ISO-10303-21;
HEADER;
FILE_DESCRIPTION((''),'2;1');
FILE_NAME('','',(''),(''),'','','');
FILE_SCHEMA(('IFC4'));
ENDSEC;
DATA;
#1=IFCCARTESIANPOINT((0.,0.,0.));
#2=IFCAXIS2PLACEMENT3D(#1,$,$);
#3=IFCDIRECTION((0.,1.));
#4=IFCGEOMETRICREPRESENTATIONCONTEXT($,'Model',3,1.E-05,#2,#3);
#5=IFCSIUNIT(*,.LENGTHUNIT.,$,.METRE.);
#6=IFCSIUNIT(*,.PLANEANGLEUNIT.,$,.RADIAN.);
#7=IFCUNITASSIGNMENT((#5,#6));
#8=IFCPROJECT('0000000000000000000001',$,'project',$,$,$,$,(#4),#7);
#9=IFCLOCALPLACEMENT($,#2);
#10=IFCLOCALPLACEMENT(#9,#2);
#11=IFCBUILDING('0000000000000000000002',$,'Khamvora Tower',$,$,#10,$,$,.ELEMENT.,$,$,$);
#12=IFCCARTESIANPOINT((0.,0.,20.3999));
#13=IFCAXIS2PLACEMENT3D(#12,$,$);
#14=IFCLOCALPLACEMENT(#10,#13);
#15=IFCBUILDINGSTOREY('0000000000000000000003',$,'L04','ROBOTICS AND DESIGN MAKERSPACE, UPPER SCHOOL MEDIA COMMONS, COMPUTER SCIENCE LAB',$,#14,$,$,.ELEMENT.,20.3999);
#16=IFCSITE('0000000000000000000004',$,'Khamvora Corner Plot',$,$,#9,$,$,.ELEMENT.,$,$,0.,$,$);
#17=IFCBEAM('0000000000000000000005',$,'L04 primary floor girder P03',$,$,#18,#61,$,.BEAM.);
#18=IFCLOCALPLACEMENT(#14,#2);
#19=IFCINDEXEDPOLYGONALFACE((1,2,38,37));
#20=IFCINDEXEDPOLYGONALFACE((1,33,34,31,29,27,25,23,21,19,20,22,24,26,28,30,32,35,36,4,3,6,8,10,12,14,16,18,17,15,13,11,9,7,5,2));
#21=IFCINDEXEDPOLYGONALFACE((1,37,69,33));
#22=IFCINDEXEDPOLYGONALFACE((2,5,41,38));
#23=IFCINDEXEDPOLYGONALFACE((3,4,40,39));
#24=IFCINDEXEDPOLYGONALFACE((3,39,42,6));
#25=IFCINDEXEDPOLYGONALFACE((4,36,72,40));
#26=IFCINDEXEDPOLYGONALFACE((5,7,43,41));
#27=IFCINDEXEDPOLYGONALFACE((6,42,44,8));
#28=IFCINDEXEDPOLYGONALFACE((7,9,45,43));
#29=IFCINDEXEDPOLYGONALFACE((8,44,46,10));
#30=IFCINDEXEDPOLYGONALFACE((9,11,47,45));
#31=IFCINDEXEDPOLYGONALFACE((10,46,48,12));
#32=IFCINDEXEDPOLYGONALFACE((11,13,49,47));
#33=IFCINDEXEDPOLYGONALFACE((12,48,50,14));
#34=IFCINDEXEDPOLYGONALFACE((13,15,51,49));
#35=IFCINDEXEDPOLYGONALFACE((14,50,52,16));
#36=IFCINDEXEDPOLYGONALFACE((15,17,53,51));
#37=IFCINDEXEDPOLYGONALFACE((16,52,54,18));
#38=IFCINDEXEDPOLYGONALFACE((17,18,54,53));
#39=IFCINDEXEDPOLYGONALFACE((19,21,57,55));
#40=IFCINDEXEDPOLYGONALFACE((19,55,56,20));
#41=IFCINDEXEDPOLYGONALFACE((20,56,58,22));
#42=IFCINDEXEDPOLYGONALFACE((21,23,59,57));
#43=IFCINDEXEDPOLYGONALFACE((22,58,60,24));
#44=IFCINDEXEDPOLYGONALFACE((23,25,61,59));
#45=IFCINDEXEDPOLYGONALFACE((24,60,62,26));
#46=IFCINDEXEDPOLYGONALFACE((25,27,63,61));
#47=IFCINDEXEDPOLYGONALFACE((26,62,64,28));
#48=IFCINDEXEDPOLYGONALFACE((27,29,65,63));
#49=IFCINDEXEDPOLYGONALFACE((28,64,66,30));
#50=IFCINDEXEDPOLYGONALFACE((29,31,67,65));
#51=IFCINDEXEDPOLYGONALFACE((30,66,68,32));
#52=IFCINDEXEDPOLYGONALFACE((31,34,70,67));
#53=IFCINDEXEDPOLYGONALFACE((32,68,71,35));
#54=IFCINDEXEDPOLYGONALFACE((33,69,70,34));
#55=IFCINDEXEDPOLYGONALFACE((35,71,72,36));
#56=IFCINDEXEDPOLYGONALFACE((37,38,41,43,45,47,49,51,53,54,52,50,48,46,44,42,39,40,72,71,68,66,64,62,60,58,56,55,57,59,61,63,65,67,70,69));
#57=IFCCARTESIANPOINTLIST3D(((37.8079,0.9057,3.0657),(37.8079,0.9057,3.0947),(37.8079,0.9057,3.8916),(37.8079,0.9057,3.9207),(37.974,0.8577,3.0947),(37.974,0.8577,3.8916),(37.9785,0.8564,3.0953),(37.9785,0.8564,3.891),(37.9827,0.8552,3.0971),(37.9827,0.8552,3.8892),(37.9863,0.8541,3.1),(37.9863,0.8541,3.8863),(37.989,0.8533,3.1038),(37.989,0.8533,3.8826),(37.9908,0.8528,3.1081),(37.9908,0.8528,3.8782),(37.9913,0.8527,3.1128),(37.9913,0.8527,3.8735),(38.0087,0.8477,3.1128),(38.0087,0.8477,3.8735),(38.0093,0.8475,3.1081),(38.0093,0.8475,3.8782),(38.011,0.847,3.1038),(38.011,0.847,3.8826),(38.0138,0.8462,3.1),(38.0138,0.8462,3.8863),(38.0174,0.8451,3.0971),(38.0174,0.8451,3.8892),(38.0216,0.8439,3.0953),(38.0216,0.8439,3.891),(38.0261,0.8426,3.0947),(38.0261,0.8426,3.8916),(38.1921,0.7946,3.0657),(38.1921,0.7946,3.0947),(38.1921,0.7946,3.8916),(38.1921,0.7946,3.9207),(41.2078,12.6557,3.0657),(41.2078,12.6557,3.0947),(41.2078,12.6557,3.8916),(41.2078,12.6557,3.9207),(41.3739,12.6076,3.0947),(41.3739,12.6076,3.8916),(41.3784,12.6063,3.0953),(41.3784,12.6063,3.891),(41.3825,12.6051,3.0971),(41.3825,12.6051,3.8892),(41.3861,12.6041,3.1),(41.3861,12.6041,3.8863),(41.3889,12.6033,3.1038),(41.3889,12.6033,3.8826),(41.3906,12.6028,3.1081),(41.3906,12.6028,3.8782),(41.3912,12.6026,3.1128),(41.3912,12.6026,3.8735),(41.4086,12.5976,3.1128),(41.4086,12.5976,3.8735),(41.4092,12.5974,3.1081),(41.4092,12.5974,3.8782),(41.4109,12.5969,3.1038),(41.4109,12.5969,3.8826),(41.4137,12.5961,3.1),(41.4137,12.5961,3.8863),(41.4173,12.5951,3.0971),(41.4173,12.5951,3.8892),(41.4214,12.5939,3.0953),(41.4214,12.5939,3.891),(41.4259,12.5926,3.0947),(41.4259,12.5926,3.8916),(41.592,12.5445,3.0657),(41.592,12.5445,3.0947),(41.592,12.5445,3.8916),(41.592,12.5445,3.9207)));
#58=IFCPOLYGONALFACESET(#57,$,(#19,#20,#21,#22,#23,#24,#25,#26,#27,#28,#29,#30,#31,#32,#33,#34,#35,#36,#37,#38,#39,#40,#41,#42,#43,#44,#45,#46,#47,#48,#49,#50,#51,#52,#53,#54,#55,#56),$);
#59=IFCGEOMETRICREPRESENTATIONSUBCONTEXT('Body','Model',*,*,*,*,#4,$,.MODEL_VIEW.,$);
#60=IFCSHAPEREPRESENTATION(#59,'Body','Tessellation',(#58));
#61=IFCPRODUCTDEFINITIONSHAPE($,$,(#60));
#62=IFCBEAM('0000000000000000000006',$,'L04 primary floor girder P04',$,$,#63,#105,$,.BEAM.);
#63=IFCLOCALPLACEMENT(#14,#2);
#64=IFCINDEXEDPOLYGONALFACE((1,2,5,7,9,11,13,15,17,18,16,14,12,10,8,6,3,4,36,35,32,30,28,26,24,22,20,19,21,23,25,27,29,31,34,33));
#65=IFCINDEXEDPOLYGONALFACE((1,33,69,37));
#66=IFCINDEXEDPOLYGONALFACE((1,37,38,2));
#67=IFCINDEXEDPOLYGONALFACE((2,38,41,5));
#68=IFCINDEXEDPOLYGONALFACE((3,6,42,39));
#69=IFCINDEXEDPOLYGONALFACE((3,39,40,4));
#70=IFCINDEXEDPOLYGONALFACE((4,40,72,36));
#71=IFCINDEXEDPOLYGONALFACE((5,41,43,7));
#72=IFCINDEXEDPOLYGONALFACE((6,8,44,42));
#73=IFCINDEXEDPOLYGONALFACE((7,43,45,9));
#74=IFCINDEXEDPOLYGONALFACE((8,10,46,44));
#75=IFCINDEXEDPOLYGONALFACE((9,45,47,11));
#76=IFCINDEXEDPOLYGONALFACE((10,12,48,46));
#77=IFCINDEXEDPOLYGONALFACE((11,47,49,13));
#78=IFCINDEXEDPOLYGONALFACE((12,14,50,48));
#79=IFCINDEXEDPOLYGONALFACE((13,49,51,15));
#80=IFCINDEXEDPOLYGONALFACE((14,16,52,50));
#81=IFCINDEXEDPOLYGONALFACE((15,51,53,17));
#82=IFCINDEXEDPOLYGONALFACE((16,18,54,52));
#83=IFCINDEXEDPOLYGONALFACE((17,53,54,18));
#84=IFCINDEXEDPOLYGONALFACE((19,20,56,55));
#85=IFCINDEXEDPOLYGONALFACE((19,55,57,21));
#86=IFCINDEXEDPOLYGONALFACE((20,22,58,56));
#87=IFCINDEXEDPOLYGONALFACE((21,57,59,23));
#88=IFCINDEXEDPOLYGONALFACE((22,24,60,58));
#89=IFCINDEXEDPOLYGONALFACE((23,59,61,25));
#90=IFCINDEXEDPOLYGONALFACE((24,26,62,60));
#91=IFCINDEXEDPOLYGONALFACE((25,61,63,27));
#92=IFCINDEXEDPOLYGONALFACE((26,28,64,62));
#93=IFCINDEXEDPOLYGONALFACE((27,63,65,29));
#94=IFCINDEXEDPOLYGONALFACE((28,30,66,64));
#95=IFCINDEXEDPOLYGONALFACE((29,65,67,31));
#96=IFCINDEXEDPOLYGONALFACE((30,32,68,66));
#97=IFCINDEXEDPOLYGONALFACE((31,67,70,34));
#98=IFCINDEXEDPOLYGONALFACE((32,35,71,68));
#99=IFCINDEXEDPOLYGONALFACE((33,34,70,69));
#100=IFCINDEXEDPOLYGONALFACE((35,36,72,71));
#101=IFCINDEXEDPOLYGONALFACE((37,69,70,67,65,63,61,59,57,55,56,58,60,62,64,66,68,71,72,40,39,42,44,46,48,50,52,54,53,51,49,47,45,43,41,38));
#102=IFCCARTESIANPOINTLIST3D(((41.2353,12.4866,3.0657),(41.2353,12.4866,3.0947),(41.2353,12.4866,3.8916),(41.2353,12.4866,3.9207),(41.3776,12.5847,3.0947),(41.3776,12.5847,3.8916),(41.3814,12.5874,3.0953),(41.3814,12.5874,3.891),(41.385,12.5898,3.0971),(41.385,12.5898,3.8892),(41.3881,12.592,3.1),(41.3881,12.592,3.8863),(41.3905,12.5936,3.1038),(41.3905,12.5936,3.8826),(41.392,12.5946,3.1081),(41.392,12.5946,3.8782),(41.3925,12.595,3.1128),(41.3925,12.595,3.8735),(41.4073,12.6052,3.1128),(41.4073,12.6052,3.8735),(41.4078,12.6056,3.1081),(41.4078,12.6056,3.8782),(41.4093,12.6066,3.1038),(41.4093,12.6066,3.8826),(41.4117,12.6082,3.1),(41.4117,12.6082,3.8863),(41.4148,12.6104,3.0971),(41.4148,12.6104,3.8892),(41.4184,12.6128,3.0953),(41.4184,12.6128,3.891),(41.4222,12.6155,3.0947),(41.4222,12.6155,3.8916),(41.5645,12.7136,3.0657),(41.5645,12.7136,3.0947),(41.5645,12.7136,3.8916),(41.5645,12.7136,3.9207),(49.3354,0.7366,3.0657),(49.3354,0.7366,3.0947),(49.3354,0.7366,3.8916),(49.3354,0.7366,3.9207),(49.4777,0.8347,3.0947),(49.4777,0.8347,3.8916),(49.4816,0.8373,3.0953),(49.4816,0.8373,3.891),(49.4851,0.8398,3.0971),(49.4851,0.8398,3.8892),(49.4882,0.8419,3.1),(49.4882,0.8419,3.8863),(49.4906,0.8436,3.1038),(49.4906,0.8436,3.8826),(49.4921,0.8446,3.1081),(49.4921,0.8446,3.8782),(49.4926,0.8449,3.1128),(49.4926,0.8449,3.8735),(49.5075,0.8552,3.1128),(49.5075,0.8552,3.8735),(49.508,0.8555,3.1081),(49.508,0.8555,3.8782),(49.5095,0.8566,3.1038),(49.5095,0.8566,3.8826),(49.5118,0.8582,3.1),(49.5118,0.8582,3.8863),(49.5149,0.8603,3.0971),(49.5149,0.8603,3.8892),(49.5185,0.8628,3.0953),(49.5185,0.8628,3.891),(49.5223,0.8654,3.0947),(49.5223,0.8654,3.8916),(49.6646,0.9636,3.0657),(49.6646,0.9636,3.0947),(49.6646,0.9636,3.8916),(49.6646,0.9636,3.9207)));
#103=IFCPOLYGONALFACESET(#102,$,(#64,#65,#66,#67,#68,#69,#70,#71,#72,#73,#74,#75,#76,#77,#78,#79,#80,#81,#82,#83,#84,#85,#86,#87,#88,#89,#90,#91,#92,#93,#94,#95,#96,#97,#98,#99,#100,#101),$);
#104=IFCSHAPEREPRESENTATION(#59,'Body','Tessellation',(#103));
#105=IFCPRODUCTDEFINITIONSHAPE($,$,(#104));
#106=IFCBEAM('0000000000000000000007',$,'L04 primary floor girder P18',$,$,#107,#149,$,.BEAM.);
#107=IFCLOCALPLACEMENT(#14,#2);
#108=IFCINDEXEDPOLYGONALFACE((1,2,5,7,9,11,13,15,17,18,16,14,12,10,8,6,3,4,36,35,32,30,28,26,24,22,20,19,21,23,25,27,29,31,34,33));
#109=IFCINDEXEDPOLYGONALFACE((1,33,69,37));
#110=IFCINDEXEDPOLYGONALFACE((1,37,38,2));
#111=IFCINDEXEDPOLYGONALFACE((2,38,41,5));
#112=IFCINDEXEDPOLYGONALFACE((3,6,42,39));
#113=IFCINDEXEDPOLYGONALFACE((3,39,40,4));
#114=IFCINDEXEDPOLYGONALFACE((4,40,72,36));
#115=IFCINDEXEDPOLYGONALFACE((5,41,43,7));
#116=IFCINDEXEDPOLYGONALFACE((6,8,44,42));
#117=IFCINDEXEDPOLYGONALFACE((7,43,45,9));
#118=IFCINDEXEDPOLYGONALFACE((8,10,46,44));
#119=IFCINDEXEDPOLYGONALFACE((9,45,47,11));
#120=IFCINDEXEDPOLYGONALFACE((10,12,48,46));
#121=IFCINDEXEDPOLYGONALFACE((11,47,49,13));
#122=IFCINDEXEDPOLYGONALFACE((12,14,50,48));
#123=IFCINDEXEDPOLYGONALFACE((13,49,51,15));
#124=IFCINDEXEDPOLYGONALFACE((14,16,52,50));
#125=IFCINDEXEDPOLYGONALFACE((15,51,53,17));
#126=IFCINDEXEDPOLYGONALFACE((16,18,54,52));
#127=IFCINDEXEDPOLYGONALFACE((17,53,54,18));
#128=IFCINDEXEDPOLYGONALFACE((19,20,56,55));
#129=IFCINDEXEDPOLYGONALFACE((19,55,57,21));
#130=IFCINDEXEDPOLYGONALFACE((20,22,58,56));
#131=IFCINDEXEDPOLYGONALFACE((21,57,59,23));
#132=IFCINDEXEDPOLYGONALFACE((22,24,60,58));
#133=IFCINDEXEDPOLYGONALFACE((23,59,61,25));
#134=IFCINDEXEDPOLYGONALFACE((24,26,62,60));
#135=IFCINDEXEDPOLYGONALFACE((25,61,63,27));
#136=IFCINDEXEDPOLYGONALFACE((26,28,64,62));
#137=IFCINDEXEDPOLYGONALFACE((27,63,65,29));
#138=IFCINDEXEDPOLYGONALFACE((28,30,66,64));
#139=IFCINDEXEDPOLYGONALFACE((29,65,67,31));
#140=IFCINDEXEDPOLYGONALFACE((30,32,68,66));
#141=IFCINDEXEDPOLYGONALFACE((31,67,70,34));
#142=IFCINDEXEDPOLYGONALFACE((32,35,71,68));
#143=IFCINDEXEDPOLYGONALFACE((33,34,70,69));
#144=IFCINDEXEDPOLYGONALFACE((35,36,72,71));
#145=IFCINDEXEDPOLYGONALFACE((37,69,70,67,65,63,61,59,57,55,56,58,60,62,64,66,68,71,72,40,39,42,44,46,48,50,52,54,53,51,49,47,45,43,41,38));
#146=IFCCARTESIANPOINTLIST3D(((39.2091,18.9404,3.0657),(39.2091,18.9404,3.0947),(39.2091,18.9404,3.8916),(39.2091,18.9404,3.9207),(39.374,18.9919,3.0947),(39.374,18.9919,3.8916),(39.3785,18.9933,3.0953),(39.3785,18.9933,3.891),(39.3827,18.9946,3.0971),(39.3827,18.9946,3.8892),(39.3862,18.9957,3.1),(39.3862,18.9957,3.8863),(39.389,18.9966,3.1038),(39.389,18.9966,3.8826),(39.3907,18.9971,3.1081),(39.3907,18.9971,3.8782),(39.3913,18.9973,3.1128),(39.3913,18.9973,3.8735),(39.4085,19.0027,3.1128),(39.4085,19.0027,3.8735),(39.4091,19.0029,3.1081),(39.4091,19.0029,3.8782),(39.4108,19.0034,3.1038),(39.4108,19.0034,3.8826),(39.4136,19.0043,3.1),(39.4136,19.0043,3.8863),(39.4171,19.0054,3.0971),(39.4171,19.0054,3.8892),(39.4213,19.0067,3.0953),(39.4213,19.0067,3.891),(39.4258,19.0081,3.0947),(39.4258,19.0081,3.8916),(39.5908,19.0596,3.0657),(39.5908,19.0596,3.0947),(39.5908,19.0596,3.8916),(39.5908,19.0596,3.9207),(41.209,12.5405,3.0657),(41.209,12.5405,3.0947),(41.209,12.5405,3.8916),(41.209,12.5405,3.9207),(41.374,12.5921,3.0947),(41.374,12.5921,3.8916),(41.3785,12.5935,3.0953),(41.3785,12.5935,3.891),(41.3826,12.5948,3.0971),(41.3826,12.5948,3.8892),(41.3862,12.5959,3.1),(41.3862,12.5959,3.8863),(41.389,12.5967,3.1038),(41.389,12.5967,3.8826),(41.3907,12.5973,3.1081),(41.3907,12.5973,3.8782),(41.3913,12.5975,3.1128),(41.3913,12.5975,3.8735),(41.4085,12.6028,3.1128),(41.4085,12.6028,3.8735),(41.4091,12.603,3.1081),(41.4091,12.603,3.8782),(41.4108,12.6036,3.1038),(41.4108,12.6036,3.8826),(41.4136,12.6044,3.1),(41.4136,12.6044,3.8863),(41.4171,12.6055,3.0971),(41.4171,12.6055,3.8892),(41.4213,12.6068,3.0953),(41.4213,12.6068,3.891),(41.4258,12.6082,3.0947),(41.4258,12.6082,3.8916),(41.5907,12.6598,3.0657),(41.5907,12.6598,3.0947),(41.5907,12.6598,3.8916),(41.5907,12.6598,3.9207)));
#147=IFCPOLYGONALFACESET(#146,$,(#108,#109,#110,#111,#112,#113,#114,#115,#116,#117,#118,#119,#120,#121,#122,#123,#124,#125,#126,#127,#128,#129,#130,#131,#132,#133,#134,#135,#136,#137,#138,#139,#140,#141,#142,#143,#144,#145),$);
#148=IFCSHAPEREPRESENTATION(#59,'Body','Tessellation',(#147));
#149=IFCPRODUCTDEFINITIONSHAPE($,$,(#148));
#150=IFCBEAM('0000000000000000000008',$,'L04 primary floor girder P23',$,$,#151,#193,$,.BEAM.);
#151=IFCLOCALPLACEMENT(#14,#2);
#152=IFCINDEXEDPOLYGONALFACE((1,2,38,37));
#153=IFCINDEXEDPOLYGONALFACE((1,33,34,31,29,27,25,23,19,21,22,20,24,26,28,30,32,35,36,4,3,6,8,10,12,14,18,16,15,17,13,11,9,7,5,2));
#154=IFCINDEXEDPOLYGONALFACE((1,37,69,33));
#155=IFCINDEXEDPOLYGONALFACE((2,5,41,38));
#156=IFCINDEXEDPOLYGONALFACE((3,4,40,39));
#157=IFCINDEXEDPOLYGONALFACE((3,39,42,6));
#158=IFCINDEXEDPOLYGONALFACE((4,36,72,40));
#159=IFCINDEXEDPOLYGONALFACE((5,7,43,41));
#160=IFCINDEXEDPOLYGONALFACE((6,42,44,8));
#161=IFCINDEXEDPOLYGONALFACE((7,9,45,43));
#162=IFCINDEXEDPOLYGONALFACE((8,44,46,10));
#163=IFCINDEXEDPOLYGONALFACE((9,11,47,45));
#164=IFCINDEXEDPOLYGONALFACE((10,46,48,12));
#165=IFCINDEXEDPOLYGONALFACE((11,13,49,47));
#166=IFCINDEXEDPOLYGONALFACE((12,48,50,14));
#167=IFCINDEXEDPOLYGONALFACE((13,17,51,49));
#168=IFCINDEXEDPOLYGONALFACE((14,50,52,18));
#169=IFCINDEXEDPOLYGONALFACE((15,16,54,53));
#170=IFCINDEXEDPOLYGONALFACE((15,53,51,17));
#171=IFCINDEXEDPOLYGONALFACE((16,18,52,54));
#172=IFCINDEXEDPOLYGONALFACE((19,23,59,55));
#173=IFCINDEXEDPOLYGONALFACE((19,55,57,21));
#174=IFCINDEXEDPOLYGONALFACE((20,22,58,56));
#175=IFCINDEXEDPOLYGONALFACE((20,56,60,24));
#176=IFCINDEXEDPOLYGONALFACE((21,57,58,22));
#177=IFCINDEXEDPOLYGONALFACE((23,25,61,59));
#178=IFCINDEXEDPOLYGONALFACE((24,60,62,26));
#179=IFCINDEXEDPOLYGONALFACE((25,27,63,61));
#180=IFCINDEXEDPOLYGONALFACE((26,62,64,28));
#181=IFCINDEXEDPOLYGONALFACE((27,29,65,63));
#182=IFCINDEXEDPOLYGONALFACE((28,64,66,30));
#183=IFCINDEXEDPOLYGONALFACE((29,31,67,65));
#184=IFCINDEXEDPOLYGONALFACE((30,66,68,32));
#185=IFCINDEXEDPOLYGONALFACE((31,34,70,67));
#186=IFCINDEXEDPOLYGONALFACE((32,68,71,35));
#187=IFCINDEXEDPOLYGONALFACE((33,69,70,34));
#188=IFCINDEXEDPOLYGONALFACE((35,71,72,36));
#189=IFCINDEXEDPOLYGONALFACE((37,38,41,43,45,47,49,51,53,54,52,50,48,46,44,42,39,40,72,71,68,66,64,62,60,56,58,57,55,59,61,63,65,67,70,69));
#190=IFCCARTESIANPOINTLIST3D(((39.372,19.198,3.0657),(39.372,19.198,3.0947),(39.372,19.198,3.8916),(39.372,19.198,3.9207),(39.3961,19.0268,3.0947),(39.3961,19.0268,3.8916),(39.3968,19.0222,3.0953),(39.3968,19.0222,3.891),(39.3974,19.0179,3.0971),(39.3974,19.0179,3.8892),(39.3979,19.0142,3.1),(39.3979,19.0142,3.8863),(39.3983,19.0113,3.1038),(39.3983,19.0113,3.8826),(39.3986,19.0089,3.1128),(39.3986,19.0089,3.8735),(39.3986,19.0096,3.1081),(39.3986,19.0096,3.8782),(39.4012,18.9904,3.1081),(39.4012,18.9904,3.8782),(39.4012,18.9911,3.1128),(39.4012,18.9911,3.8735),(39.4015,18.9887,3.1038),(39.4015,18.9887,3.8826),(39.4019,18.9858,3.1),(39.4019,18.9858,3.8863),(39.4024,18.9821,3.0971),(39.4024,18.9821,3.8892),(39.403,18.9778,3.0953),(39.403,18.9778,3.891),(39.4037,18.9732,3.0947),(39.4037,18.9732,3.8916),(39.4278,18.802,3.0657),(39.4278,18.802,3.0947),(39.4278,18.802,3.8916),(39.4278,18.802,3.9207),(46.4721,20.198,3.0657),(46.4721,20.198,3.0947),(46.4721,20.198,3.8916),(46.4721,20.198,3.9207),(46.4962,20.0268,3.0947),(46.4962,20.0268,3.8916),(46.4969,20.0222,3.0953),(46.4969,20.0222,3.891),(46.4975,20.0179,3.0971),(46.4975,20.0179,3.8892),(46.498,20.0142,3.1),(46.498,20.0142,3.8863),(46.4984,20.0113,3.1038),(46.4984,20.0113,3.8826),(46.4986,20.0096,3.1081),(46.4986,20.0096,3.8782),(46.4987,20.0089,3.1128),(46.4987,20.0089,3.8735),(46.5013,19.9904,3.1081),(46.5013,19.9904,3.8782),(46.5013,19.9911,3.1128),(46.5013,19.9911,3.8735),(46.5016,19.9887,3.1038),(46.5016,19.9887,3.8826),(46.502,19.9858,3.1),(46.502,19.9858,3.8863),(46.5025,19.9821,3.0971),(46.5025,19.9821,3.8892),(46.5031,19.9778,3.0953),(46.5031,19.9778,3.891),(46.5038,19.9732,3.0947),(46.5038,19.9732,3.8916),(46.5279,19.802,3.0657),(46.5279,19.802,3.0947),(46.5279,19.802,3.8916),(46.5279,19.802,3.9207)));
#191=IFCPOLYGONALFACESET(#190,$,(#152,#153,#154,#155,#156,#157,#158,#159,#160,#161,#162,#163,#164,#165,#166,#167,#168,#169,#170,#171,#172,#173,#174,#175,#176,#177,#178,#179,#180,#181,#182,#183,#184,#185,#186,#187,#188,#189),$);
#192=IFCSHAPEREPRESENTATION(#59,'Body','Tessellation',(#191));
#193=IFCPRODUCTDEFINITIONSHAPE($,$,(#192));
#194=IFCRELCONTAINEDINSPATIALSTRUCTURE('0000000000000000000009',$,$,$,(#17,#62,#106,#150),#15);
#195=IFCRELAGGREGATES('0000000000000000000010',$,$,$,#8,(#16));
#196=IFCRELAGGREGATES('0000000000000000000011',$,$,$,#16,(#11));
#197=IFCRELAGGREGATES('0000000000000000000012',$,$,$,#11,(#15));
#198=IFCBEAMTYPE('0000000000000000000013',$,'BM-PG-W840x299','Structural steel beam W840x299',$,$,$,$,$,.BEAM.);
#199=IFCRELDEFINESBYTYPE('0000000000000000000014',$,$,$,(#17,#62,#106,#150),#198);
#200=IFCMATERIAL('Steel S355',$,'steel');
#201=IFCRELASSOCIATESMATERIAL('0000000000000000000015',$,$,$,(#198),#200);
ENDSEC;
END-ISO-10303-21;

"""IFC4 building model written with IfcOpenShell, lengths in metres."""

from ifc_helpers import new_model, si_unit, direction, frame, origin, origin_2d, place, context, subcontext, project, spatial, i_section, extrude, material, material_profile, profile_set, type_object, element, save


model = new_model("IFC4")

# Units and contexts
model_context = context("Model", 3, precision=1e-05, world=origin(), true_north=direction((0.0, 1.0)))
body_context = subcontext(model_context, "Body", "Model", "MODEL_VIEW")
ifc_project = project(units=[si_unit("LENGTHUNIT", "METRE"), si_unit("PLANEANGLEUNIT", "RADIAN")], contexts=[model_context])

# Site, building, storey
site_placement = place(None, origin())
site = spatial("IfcSite", under=ifc_project, at=site_placement, Name="Khamvora Corner Plot", CompositionType="ELEMENT", RefElevation=0.0)
building_placement = place(site_placement, origin())
building = spatial("IfcBuilding", under=site, at=building_placement, Name="Khamvora Tower", CompositionType="ELEMENT")
storey_placement = place(building_placement, frame((0.0, 0.0, 20.3999)))
storey = spatial("IfcBuildingStorey", under=building, at=storey_placement, Name="L04", Description="ROBOTICS AND DESIGN MAKERSPACE, UPPER SCHOOL MEDIA COMMONS, COMPUTER SCIENCE LAB", CompositionType="ELEMENT", Elevation=20.3999)

# Beams
ifc_material_1 = material(Name="Steel S355", Category="steel")
ifc_material_profile_1 = material_profile(ifc_material_1, i_section(OverallWidth=0.3999, OverallDepth=0.855, WebThickness=0.0181, FlangeThickness=0.0291, FilletRadius=0.0181, at=origin_2d()), Name="W840x299")
ifc_profile_set_1 = profile_set([ifc_material_profile_1], Name="Steel S355")
beam_type_1 = type_object("IfcBeamType", Name="BM-PG-W840x299", Description="Structural steel beam W840x299", PredefinedType="BEAM", material=ifc_profile_set_1)
beam_1_placement = place(storey_placement, frame((41.3999, 12.6001, 3.4932), z_axis=(-0.277951, -0.960595, 0.0), x_axis=(0.960595, -0.277951, 0.0)))
element("IfcBeam", 1, at=beam_1_placement, inside=storey, type_object=beam_type_1, Name="L04 primary floor girder P03", PredefinedType="BEAM", context=body_context, shape_type="SweptSolid", body=[
    extrude(i_section(OverallWidth=0.3999, OverallDepth=0.855, WebThickness=0.0181, FlangeThickness=0.0291, FilletRadius=0.0181, at=origin_2d()), origin(), (0.0, 0.0, 1.0), 12.2319),
])
beam_2_placement = place(storey_placement, frame((41.3999, 12.6001, 3.4932), z_axis=(0.567574, -0.823322, 0.0), x_axis=(0.823322, 0.567574, 0.0)))
element("IfcBeam", 2, at=beam_2_placement, inside=storey, type_object=beam_type_1, Name="L04 primary floor girder P04", PredefinedType="BEAM", context=body_context, shape_type="SweptSolid", body=[
    extrude(i_section(OverallWidth=0.3999, OverallDepth=0.855, WebThickness=0.0181, FlangeThickness=0.0291, FilletRadius=0.0181, at=origin_2d()), origin(), (0.0, 0.0, 1.0), 14.2715),
])
beam_3_placement = place(storey_placement, frame((39.3999, 19.0, 3.4932), z_axis=(0.298279, -0.954479, 0.0), x_axis=(0.954479, 0.298279, 0.0)))
element("IfcBeam", 3, at=beam_3_placement, inside=storey, type_object=beam_type_1, Name="L04 primary floor girder P18", PredefinedType="BEAM", context=body_context, shape_type="SweptSolid", body=[
    extrude(i_section(OverallWidth=0.3999, OverallDepth=0.855, WebThickness=0.0181, FlangeThickness=0.0291, FilletRadius=0.0181, at=origin_2d()), origin(), (0.0, 0.0, 1.0), 6.7051),
])
beam_4_placement = place(storey_placement, frame((39.3999, 19.0, 3.4932), z_axis=(0.990227, 0.139467, 0.0), x_axis=(-0.139467, 0.990227, 0.0)))
element("IfcBeam", 4, at=beam_4_placement, inside=storey, type_object=beam_type_1, Name="L04 primary floor girder P23", PredefinedType="BEAM", context=body_context, shape_type="SweptSolid", body=[
    extrude(i_section(OverallWidth=0.3999, OverallDepth=0.855, WebThickness=0.0181, FlangeThickness=0.0291, FilletRadius=0.0181, at=origin_2d()), origin(), (0.0, 0.0, 1.0), 7.1702),
])

save(model, "model.ifc")
